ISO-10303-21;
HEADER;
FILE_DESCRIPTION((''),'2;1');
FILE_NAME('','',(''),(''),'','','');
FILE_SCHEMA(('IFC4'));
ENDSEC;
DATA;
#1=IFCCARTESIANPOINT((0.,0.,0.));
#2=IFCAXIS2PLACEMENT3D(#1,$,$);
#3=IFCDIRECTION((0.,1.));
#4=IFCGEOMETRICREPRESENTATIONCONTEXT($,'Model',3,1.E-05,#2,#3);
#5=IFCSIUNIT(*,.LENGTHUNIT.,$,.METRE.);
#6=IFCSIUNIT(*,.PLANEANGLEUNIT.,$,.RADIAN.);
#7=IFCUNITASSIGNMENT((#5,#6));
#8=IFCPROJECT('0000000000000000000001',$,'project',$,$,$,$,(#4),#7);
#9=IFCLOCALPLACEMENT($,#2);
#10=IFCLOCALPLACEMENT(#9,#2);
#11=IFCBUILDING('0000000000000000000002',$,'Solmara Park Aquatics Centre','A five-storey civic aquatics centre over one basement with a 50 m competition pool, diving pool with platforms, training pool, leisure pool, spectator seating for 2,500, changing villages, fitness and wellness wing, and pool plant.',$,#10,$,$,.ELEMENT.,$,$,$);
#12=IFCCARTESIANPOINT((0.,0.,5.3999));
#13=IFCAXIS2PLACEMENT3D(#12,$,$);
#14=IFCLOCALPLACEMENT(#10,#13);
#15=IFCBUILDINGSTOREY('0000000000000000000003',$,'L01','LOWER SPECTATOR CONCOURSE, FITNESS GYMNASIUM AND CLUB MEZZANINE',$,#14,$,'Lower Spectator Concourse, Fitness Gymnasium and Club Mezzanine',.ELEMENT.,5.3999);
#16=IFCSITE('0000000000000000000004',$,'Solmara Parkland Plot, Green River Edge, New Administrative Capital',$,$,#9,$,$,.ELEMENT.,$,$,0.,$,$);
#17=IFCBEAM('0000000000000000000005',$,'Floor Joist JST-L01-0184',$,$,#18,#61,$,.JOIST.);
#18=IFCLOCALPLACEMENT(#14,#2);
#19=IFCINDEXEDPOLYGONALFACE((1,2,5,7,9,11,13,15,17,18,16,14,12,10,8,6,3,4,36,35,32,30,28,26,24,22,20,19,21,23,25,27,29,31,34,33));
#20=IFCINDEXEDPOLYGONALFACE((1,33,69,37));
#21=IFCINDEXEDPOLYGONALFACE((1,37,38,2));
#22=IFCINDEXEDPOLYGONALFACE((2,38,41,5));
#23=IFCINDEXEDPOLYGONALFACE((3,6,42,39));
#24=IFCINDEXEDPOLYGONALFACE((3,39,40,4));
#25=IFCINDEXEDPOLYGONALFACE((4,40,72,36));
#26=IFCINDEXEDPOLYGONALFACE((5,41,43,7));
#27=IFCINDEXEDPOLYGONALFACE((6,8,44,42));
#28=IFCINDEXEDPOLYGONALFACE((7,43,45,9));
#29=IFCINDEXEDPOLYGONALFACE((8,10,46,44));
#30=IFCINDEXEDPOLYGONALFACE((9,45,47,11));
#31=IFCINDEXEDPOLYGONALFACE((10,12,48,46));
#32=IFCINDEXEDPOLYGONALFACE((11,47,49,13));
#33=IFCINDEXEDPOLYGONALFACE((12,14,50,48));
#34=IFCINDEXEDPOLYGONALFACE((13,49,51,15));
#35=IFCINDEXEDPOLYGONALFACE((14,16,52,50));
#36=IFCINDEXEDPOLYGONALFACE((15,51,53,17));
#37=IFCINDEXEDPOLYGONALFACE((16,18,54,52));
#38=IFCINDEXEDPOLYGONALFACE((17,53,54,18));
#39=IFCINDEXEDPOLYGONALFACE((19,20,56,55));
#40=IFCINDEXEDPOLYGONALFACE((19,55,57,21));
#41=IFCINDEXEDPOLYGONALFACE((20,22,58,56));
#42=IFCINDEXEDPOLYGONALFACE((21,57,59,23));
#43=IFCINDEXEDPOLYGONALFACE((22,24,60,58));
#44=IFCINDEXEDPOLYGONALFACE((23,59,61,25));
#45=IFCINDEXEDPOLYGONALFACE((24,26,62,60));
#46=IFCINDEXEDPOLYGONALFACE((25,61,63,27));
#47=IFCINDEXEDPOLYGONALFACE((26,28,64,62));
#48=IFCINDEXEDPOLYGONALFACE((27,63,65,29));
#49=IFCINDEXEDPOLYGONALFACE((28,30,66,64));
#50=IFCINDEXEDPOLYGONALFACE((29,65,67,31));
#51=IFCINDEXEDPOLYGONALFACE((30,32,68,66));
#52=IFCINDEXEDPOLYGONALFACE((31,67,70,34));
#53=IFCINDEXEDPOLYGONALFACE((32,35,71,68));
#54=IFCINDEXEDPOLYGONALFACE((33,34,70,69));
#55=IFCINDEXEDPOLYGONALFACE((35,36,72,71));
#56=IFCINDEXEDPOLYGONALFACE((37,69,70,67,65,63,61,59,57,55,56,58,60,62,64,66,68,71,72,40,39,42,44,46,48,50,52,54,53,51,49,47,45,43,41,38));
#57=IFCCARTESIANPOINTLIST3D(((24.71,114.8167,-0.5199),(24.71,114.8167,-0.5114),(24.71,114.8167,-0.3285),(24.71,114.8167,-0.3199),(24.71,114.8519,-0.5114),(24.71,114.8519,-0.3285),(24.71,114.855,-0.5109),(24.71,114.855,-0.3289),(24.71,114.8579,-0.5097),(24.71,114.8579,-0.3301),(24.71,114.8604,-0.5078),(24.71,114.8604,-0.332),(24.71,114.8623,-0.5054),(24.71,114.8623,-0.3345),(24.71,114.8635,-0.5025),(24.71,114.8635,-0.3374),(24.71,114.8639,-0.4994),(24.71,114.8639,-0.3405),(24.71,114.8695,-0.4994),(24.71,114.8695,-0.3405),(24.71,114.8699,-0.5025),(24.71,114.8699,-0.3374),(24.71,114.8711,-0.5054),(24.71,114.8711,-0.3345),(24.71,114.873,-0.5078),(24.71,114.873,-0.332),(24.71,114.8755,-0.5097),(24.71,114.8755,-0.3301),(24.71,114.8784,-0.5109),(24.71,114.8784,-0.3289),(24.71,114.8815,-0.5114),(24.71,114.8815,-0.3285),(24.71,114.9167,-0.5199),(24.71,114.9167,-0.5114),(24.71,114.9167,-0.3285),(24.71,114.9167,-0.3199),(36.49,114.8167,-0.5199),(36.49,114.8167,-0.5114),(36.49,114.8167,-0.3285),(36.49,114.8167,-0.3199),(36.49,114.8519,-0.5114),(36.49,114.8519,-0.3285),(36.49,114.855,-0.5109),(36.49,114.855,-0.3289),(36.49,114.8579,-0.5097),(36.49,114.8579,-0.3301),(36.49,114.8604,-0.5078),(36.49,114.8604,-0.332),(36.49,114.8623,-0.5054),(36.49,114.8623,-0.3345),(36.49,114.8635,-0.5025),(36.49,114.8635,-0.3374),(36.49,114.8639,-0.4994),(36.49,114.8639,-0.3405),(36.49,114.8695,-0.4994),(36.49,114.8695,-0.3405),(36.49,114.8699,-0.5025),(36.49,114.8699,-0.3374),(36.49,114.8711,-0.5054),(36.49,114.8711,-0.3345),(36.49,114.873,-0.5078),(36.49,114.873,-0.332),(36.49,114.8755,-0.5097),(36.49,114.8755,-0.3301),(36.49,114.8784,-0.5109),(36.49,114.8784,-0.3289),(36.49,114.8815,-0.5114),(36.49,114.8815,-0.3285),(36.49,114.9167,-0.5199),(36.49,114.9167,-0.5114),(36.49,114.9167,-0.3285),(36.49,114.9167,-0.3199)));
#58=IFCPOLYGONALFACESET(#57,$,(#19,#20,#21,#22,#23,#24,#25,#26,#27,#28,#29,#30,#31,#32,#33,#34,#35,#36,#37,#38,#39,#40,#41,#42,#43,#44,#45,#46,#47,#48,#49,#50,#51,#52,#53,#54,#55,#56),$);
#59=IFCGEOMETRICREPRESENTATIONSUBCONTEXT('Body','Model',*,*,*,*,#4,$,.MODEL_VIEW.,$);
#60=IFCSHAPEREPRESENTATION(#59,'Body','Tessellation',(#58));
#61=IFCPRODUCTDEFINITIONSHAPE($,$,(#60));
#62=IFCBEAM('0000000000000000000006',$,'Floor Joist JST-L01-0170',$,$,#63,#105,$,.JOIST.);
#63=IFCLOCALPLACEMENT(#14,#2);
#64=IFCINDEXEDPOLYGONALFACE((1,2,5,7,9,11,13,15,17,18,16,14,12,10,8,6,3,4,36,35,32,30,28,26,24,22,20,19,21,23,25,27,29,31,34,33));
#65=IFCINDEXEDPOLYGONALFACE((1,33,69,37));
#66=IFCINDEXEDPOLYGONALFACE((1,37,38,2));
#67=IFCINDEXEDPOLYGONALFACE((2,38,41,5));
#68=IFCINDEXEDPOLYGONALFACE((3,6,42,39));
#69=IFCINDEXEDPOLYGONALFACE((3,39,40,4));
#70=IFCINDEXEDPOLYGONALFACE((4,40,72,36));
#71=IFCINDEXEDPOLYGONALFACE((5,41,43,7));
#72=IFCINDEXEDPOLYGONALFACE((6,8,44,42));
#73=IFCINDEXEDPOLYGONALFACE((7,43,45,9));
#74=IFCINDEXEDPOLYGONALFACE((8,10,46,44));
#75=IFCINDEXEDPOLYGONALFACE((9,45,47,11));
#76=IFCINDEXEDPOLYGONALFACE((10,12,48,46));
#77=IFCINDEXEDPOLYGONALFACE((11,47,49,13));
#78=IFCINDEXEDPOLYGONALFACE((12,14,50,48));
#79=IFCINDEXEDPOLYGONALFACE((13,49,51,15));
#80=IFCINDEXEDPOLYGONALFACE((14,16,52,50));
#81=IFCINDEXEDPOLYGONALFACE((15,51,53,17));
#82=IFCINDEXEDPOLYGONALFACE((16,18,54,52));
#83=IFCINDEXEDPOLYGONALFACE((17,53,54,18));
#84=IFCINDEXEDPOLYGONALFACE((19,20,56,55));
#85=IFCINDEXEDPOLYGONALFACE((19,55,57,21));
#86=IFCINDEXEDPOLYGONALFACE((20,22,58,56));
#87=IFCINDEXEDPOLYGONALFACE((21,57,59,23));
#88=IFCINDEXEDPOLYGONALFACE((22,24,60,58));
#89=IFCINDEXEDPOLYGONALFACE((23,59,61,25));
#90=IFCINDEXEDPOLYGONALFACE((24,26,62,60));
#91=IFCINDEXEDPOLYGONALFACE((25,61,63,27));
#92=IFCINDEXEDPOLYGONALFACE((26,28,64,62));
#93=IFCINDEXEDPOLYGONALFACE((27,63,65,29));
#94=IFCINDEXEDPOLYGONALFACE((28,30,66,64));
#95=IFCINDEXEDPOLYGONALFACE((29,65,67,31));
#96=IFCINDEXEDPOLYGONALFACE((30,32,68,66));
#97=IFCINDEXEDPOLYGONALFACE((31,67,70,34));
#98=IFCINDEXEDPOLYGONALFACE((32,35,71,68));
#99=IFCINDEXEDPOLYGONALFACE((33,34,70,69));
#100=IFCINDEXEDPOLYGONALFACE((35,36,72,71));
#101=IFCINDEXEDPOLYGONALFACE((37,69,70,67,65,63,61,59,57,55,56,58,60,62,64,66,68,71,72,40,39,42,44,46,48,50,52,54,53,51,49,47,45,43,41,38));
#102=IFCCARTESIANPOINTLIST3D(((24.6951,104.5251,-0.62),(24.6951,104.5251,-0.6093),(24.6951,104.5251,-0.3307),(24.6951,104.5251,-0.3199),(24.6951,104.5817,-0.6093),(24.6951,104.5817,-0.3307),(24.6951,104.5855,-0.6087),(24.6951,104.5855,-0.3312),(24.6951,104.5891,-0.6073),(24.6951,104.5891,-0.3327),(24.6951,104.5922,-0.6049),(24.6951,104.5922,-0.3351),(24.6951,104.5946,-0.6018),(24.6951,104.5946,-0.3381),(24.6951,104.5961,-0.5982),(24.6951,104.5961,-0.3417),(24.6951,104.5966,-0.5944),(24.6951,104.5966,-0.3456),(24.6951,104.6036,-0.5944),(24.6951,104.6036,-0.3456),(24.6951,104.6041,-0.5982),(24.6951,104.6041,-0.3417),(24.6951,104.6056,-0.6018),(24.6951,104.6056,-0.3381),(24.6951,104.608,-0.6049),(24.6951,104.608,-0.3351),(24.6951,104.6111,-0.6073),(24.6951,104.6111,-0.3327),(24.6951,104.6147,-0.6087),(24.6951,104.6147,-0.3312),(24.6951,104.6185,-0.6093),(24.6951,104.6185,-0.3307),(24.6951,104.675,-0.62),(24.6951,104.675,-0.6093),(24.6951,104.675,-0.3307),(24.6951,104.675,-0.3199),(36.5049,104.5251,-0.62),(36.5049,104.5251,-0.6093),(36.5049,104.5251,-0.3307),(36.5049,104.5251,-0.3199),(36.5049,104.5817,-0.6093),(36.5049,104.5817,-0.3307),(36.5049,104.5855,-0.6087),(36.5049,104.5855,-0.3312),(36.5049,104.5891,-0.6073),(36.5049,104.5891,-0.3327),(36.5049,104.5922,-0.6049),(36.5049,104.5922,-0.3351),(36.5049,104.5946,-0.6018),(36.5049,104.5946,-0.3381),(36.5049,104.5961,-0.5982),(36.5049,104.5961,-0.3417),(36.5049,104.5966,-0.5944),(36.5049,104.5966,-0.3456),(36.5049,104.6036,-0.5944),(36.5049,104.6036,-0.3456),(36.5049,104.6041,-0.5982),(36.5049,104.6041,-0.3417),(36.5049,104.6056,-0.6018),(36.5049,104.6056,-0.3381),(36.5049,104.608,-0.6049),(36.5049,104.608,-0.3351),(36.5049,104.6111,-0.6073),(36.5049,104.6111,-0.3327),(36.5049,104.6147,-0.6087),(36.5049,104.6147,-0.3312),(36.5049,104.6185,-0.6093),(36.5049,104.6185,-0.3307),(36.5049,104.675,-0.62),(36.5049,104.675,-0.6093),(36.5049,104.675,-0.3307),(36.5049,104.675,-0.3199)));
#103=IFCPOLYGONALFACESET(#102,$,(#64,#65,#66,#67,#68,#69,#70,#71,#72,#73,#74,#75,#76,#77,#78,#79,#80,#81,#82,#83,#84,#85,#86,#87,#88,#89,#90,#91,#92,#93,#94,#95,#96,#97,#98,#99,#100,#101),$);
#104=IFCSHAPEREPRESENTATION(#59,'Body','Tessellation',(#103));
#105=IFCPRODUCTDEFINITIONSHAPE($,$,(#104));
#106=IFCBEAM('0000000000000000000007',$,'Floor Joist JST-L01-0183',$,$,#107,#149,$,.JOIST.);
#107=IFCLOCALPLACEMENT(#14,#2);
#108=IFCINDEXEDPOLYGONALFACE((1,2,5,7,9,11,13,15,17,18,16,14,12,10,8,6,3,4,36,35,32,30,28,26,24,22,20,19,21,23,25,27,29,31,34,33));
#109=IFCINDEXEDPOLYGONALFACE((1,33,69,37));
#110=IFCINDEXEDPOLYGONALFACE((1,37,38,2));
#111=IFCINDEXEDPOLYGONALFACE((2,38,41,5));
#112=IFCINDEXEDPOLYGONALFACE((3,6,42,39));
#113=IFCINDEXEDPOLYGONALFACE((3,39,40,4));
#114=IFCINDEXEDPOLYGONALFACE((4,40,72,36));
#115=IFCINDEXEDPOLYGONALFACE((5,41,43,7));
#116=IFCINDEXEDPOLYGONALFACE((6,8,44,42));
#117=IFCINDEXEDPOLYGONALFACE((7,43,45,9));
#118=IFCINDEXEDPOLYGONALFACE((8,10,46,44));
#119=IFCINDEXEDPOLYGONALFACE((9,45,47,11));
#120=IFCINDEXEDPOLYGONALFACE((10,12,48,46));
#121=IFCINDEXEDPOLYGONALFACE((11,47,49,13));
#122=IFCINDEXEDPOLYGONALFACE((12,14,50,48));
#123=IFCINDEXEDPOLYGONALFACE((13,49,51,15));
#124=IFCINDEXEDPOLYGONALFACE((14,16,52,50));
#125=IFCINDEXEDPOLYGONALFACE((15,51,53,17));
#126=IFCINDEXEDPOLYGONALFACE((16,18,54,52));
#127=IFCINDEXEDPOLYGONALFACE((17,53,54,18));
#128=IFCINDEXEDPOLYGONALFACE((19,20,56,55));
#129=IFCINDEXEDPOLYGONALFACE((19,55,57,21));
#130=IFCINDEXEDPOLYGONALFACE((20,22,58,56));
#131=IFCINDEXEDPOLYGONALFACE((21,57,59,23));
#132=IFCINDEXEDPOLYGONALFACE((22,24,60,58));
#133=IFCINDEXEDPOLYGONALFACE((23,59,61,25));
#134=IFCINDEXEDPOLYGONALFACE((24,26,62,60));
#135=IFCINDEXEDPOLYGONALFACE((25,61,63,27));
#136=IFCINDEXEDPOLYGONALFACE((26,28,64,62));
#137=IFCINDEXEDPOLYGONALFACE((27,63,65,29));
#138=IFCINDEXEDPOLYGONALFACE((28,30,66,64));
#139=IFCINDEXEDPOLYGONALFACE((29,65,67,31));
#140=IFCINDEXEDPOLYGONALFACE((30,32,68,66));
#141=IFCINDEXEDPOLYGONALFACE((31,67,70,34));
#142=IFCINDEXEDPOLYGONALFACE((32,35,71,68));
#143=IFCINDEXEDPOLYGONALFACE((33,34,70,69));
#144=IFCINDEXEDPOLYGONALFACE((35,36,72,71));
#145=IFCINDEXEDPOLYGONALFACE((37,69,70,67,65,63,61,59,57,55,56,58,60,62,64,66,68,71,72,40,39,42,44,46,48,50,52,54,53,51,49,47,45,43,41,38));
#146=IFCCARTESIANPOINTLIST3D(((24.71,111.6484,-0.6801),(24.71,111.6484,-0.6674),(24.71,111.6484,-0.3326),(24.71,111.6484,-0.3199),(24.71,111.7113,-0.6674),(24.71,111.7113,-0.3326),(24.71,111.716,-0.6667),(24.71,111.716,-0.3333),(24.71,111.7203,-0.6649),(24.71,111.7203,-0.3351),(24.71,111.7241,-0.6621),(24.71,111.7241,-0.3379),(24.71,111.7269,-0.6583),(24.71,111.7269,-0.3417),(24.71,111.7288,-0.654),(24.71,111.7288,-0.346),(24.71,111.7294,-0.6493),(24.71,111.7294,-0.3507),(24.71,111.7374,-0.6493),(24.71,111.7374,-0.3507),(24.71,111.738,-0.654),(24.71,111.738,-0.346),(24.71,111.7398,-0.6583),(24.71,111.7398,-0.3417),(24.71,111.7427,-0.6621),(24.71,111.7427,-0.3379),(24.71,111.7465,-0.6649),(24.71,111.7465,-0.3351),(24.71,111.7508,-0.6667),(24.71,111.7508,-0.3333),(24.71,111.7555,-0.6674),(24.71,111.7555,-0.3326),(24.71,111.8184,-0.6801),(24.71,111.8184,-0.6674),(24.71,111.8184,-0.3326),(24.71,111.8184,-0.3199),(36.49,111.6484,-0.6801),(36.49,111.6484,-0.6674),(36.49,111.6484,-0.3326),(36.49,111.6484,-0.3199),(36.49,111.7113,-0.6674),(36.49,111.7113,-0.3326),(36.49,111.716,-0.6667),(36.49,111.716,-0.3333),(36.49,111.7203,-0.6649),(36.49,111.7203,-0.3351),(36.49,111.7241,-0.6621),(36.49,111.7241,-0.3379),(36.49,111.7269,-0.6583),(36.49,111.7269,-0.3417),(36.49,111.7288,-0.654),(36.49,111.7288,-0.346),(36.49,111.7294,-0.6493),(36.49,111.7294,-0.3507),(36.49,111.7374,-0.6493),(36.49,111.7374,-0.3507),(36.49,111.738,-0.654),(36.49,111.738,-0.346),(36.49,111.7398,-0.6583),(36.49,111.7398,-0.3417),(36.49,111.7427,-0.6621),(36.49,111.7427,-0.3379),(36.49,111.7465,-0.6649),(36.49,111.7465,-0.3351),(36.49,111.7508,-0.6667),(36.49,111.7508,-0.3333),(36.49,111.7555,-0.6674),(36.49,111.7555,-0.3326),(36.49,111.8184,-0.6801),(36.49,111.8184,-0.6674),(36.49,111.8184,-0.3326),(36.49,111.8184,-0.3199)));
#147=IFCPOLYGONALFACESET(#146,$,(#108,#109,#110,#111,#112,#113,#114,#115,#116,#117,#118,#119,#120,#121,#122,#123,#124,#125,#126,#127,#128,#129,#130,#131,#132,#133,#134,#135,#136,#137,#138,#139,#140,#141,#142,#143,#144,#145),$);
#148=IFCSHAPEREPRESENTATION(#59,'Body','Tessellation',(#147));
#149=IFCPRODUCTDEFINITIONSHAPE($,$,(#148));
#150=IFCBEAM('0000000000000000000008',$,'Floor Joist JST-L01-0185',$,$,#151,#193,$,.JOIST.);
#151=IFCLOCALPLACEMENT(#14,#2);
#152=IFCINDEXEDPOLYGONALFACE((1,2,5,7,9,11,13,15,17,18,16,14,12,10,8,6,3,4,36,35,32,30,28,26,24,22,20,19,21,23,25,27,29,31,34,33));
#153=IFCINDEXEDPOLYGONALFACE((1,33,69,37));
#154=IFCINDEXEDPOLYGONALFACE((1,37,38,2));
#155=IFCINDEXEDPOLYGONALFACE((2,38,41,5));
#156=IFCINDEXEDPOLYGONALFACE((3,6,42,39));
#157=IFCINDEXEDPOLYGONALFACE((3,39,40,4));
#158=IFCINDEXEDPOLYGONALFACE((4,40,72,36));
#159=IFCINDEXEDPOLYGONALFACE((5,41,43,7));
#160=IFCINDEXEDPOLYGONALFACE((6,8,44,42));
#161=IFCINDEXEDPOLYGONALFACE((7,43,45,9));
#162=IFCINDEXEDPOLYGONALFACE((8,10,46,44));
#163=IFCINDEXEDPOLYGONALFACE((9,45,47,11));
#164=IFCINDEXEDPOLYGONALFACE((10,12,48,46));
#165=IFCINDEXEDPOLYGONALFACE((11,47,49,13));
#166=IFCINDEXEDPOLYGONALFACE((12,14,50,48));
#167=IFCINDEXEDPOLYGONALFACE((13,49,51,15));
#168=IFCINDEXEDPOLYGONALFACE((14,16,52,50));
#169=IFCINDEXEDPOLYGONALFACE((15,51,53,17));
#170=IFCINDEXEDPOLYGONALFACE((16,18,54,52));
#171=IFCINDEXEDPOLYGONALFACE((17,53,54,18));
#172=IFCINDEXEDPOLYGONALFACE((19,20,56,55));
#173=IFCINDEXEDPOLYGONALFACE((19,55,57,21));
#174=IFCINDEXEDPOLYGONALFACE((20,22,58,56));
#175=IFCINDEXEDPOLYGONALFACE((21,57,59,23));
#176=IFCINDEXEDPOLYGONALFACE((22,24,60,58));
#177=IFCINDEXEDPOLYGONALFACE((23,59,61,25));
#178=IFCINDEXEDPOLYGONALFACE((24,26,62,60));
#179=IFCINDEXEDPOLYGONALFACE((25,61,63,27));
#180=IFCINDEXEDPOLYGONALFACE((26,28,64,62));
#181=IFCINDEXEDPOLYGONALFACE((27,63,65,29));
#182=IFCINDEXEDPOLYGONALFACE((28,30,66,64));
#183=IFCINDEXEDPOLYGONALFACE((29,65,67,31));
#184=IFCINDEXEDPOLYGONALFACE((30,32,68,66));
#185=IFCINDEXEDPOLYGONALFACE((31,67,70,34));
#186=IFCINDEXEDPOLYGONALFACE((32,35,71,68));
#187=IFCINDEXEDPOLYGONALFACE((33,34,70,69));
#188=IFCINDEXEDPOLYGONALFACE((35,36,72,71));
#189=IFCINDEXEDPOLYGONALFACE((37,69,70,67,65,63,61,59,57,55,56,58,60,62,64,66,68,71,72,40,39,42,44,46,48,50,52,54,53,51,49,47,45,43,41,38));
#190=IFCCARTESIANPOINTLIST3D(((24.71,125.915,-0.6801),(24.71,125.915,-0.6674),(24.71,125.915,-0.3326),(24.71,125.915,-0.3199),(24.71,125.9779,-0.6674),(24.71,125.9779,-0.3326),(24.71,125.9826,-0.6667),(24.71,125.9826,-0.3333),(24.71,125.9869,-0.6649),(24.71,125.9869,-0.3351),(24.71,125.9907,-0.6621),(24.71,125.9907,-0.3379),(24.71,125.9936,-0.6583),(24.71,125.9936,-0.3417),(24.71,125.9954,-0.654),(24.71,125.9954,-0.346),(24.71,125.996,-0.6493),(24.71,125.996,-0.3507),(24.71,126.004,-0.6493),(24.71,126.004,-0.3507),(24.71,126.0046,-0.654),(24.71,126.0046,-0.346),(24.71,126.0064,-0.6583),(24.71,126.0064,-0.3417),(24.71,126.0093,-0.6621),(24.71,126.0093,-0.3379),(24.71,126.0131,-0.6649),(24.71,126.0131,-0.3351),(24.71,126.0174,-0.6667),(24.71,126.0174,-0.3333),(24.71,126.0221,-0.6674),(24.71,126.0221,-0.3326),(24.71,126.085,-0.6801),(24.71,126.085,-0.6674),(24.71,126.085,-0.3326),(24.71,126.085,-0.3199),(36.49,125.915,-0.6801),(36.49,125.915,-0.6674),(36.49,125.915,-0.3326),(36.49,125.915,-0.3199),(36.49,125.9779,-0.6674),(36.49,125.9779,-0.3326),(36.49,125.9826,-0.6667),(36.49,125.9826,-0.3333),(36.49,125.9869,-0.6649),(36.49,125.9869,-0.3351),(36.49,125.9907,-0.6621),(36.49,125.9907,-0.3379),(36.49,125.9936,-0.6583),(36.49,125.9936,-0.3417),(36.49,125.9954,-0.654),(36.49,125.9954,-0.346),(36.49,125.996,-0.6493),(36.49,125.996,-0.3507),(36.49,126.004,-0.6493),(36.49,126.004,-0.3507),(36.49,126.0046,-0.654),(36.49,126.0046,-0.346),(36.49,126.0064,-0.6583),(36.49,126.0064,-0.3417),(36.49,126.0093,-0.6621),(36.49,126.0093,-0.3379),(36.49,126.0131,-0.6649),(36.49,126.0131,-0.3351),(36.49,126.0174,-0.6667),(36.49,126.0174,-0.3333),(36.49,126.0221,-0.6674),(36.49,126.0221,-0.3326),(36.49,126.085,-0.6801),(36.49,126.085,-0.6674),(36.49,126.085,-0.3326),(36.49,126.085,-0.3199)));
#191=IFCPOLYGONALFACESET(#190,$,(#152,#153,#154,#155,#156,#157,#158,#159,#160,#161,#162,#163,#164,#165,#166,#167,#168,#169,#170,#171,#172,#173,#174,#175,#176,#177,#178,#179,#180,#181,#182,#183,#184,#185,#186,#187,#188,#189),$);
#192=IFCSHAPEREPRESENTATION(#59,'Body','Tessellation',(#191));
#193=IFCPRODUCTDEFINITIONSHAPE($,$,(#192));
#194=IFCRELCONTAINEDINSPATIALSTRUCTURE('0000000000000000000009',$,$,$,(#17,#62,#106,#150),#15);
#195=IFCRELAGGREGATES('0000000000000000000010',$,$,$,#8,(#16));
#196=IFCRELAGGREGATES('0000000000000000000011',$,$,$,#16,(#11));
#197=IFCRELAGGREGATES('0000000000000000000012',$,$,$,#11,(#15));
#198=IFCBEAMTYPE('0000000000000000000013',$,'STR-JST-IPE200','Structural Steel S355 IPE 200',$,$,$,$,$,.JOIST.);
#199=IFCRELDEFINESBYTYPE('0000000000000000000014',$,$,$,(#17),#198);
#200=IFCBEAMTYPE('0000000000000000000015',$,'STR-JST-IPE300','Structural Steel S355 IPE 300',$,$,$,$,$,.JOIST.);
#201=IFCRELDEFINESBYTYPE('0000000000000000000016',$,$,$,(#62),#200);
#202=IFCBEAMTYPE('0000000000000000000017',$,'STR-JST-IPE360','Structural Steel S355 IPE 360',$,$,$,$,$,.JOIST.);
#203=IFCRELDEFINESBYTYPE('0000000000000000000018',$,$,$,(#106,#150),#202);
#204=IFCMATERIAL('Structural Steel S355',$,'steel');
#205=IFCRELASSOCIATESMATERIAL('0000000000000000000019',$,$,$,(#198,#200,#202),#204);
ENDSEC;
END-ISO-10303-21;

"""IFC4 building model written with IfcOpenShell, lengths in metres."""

from ifc_helpers import new_model, si_unit, direction, frame, origin, origin_2d, place, context, subcontext, project, spatial, i_section, extrude, material, material_profile, profile_set, type_object, element, save


model = new_model("IFC4")

# Units and contexts
model_context = context("Model", 3, precision=1e-05, world=origin(), true_north=direction((0.0, 1.0)))
body_context = subcontext(model_context, "Body", "Model", "MODEL_VIEW")
ifc_project = project(units=[si_unit("LENGTHUNIT", "METRE"), si_unit("PLANEANGLEUNIT", "RADIAN")], contexts=[model_context])

# Site, building, storey
site_placement = place(None, origin())
site = spatial("IfcSite", under=ifc_project, at=site_placement, Name="Solmara Parkland Plot, Green River Edge, New Administrative Capital", CompositionType="ELEMENT", RefElevation=0.0)
building_placement = place(site_placement, origin())
building = spatial("IfcBuilding", under=site, at=building_placement, Name="Solmara Park Aquatics Centre", Description="A five-storey civic aquatics centre over one basement with a 50 m competition pool, diving pool with platforms, training pool, leisure pool, spectator seating for 2,500, changing villages, fitness and wellness wing, and pool plant.", CompositionType="ELEMENT")
storey_placement = place(building_placement, frame((0.0, 0.0, 5.3999)))
storey = spatial("IfcBuildingStorey", under=building, at=storey_placement, Name="L01", Description="LOWER SPECTATOR CONCOURSE, FITNESS GYMNASIUM AND CLUB MEZZANINE", LongName="Lower Spectator Concourse, Fitness Gymnasium and Club Mezzanine", CompositionType="ELEMENT", Elevation=5.3999)

# Shared definitions
ifc_material_1 = material(Name="Structural Steel S355", Category="steel")

# Beams
ifc_material_profile_1 = material_profile(ifc_material_1, i_section(OverallWidth=0.1001, OverallDepth=0.2, WebThickness=0.0056, FlangeThickness=0.0085, FilletRadius=0.012, at=origin_2d()), Name="IPE 200")
ifc_profile_set_1 = profile_set([ifc_material_profile_1], Name="Structural Steel S355")
beam_type_1 = type_object("IfcBeamType", Name="STR-JST-IPE200", Description="Structural Steel S355 IPE 200", PredefinedType="JOIST", material=ifc_profile_set_1)
beam_1_placement = place(storey_placement, frame((24.71, 114.8667, -0.4199), z_axis=(1.0, 0.0, 0.0), x_axis=(0.0, 1.0, 0.0)))
element("IfcBeam", 1, at=beam_1_placement, inside=storey, type_object=beam_type_1, Name="Floor Joist JST-L01-0184", PredefinedType="JOIST", context=body_context, shape_type="SweptSolid", body=[
    extrude(i_section(OverallWidth=0.1001, OverallDepth=0.2, WebThickness=0.0056, FlangeThickness=0.0085, FilletRadius=0.012, at=origin_2d()), origin(), (0.0, 0.0, 1.0), 11.78),
])
ifc_material_profile_2 = material_profile(ifc_material_1, i_section(OverallWidth=0.1499, OverallDepth=0.3, WebThickness=0.0071, FlangeThickness=0.0107, FilletRadius=0.0149, at=origin_2d()), Name="IPE 300")
ifc_profile_set_2 = profile_set([ifc_material_profile_2], Name="Structural Steel S355")
beam_type_2 = type_object("IfcBeamType", Name="STR-JST-IPE300", Description="Structural Steel S355 IPE 300", PredefinedType="JOIST", material=ifc_profile_set_2)
beam_2_placement = place(storey_placement, frame((24.6951, 104.6001, -0.47), z_axis=(1.0, 0.0, 0.0), x_axis=(0.0, 1.0, 0.0)))
element("IfcBeam", 2, at=beam_2_placement, inside=storey, type_object=beam_type_2, Name="Floor Joist JST-L01-0170", PredefinedType="JOIST", context=body_context, shape_type="SweptSolid", body=[
    extrude(i_section(OverallWidth=0.1499, OverallDepth=0.3, WebThickness=0.0071, FlangeThickness=0.0107, FilletRadius=0.0149, at=origin_2d()), origin(), (0.0, 0.0, 1.0), 11.8098),
])
ifc_material_profile_3 = material_profile(ifc_material_1, i_section(OverallWidth=0.1699, OverallDepth=0.3601, WebThickness=0.0081, FlangeThickness=0.0127, FilletRadius=0.0181, at=origin_2d()), Name="IPE 360")
ifc_profile_set_3 = profile_set([ifc_material_profile_3], Name="Structural Steel S355")
beam_type_3 = type_object("IfcBeamType", Name="STR-JST-IPE360", Description="Structural Steel S355 IPE 360", PredefinedType="JOIST", material=ifc_profile_set_3)
for number, where, z_axis, x_axis, name in (
    (3, (24.71, 111.7334, -0.5), (1.0, 0.0, 0.0), (0.0, 1.0, 0.0), "Floor Joist JST-L01-0183"),
    (4, (24.71, 126.0, -0.5), (1.0, 0.0, 0.0), (0.0, 1.0, 0.0), "Floor Joist JST-L01-0185"),
):
    element("IfcBeam", number, at=place(storey_placement, frame(where, z_axis=z_axis, x_axis=x_axis)), inside=storey, type_object=beam_type_3, Name=name, PredefinedType="JOIST", context=body_context, shape_type="SweptSolid", body=[
        extrude(i_section(OverallWidth=0.1699, OverallDepth=0.3601, WebThickness=0.0081, FlangeThickness=0.0127, FilletRadius=0.0181, at=origin_2d()), origin(), (0.0, 0.0, 1.0), 11.78),
    ])

save(model, "model.ifc")
